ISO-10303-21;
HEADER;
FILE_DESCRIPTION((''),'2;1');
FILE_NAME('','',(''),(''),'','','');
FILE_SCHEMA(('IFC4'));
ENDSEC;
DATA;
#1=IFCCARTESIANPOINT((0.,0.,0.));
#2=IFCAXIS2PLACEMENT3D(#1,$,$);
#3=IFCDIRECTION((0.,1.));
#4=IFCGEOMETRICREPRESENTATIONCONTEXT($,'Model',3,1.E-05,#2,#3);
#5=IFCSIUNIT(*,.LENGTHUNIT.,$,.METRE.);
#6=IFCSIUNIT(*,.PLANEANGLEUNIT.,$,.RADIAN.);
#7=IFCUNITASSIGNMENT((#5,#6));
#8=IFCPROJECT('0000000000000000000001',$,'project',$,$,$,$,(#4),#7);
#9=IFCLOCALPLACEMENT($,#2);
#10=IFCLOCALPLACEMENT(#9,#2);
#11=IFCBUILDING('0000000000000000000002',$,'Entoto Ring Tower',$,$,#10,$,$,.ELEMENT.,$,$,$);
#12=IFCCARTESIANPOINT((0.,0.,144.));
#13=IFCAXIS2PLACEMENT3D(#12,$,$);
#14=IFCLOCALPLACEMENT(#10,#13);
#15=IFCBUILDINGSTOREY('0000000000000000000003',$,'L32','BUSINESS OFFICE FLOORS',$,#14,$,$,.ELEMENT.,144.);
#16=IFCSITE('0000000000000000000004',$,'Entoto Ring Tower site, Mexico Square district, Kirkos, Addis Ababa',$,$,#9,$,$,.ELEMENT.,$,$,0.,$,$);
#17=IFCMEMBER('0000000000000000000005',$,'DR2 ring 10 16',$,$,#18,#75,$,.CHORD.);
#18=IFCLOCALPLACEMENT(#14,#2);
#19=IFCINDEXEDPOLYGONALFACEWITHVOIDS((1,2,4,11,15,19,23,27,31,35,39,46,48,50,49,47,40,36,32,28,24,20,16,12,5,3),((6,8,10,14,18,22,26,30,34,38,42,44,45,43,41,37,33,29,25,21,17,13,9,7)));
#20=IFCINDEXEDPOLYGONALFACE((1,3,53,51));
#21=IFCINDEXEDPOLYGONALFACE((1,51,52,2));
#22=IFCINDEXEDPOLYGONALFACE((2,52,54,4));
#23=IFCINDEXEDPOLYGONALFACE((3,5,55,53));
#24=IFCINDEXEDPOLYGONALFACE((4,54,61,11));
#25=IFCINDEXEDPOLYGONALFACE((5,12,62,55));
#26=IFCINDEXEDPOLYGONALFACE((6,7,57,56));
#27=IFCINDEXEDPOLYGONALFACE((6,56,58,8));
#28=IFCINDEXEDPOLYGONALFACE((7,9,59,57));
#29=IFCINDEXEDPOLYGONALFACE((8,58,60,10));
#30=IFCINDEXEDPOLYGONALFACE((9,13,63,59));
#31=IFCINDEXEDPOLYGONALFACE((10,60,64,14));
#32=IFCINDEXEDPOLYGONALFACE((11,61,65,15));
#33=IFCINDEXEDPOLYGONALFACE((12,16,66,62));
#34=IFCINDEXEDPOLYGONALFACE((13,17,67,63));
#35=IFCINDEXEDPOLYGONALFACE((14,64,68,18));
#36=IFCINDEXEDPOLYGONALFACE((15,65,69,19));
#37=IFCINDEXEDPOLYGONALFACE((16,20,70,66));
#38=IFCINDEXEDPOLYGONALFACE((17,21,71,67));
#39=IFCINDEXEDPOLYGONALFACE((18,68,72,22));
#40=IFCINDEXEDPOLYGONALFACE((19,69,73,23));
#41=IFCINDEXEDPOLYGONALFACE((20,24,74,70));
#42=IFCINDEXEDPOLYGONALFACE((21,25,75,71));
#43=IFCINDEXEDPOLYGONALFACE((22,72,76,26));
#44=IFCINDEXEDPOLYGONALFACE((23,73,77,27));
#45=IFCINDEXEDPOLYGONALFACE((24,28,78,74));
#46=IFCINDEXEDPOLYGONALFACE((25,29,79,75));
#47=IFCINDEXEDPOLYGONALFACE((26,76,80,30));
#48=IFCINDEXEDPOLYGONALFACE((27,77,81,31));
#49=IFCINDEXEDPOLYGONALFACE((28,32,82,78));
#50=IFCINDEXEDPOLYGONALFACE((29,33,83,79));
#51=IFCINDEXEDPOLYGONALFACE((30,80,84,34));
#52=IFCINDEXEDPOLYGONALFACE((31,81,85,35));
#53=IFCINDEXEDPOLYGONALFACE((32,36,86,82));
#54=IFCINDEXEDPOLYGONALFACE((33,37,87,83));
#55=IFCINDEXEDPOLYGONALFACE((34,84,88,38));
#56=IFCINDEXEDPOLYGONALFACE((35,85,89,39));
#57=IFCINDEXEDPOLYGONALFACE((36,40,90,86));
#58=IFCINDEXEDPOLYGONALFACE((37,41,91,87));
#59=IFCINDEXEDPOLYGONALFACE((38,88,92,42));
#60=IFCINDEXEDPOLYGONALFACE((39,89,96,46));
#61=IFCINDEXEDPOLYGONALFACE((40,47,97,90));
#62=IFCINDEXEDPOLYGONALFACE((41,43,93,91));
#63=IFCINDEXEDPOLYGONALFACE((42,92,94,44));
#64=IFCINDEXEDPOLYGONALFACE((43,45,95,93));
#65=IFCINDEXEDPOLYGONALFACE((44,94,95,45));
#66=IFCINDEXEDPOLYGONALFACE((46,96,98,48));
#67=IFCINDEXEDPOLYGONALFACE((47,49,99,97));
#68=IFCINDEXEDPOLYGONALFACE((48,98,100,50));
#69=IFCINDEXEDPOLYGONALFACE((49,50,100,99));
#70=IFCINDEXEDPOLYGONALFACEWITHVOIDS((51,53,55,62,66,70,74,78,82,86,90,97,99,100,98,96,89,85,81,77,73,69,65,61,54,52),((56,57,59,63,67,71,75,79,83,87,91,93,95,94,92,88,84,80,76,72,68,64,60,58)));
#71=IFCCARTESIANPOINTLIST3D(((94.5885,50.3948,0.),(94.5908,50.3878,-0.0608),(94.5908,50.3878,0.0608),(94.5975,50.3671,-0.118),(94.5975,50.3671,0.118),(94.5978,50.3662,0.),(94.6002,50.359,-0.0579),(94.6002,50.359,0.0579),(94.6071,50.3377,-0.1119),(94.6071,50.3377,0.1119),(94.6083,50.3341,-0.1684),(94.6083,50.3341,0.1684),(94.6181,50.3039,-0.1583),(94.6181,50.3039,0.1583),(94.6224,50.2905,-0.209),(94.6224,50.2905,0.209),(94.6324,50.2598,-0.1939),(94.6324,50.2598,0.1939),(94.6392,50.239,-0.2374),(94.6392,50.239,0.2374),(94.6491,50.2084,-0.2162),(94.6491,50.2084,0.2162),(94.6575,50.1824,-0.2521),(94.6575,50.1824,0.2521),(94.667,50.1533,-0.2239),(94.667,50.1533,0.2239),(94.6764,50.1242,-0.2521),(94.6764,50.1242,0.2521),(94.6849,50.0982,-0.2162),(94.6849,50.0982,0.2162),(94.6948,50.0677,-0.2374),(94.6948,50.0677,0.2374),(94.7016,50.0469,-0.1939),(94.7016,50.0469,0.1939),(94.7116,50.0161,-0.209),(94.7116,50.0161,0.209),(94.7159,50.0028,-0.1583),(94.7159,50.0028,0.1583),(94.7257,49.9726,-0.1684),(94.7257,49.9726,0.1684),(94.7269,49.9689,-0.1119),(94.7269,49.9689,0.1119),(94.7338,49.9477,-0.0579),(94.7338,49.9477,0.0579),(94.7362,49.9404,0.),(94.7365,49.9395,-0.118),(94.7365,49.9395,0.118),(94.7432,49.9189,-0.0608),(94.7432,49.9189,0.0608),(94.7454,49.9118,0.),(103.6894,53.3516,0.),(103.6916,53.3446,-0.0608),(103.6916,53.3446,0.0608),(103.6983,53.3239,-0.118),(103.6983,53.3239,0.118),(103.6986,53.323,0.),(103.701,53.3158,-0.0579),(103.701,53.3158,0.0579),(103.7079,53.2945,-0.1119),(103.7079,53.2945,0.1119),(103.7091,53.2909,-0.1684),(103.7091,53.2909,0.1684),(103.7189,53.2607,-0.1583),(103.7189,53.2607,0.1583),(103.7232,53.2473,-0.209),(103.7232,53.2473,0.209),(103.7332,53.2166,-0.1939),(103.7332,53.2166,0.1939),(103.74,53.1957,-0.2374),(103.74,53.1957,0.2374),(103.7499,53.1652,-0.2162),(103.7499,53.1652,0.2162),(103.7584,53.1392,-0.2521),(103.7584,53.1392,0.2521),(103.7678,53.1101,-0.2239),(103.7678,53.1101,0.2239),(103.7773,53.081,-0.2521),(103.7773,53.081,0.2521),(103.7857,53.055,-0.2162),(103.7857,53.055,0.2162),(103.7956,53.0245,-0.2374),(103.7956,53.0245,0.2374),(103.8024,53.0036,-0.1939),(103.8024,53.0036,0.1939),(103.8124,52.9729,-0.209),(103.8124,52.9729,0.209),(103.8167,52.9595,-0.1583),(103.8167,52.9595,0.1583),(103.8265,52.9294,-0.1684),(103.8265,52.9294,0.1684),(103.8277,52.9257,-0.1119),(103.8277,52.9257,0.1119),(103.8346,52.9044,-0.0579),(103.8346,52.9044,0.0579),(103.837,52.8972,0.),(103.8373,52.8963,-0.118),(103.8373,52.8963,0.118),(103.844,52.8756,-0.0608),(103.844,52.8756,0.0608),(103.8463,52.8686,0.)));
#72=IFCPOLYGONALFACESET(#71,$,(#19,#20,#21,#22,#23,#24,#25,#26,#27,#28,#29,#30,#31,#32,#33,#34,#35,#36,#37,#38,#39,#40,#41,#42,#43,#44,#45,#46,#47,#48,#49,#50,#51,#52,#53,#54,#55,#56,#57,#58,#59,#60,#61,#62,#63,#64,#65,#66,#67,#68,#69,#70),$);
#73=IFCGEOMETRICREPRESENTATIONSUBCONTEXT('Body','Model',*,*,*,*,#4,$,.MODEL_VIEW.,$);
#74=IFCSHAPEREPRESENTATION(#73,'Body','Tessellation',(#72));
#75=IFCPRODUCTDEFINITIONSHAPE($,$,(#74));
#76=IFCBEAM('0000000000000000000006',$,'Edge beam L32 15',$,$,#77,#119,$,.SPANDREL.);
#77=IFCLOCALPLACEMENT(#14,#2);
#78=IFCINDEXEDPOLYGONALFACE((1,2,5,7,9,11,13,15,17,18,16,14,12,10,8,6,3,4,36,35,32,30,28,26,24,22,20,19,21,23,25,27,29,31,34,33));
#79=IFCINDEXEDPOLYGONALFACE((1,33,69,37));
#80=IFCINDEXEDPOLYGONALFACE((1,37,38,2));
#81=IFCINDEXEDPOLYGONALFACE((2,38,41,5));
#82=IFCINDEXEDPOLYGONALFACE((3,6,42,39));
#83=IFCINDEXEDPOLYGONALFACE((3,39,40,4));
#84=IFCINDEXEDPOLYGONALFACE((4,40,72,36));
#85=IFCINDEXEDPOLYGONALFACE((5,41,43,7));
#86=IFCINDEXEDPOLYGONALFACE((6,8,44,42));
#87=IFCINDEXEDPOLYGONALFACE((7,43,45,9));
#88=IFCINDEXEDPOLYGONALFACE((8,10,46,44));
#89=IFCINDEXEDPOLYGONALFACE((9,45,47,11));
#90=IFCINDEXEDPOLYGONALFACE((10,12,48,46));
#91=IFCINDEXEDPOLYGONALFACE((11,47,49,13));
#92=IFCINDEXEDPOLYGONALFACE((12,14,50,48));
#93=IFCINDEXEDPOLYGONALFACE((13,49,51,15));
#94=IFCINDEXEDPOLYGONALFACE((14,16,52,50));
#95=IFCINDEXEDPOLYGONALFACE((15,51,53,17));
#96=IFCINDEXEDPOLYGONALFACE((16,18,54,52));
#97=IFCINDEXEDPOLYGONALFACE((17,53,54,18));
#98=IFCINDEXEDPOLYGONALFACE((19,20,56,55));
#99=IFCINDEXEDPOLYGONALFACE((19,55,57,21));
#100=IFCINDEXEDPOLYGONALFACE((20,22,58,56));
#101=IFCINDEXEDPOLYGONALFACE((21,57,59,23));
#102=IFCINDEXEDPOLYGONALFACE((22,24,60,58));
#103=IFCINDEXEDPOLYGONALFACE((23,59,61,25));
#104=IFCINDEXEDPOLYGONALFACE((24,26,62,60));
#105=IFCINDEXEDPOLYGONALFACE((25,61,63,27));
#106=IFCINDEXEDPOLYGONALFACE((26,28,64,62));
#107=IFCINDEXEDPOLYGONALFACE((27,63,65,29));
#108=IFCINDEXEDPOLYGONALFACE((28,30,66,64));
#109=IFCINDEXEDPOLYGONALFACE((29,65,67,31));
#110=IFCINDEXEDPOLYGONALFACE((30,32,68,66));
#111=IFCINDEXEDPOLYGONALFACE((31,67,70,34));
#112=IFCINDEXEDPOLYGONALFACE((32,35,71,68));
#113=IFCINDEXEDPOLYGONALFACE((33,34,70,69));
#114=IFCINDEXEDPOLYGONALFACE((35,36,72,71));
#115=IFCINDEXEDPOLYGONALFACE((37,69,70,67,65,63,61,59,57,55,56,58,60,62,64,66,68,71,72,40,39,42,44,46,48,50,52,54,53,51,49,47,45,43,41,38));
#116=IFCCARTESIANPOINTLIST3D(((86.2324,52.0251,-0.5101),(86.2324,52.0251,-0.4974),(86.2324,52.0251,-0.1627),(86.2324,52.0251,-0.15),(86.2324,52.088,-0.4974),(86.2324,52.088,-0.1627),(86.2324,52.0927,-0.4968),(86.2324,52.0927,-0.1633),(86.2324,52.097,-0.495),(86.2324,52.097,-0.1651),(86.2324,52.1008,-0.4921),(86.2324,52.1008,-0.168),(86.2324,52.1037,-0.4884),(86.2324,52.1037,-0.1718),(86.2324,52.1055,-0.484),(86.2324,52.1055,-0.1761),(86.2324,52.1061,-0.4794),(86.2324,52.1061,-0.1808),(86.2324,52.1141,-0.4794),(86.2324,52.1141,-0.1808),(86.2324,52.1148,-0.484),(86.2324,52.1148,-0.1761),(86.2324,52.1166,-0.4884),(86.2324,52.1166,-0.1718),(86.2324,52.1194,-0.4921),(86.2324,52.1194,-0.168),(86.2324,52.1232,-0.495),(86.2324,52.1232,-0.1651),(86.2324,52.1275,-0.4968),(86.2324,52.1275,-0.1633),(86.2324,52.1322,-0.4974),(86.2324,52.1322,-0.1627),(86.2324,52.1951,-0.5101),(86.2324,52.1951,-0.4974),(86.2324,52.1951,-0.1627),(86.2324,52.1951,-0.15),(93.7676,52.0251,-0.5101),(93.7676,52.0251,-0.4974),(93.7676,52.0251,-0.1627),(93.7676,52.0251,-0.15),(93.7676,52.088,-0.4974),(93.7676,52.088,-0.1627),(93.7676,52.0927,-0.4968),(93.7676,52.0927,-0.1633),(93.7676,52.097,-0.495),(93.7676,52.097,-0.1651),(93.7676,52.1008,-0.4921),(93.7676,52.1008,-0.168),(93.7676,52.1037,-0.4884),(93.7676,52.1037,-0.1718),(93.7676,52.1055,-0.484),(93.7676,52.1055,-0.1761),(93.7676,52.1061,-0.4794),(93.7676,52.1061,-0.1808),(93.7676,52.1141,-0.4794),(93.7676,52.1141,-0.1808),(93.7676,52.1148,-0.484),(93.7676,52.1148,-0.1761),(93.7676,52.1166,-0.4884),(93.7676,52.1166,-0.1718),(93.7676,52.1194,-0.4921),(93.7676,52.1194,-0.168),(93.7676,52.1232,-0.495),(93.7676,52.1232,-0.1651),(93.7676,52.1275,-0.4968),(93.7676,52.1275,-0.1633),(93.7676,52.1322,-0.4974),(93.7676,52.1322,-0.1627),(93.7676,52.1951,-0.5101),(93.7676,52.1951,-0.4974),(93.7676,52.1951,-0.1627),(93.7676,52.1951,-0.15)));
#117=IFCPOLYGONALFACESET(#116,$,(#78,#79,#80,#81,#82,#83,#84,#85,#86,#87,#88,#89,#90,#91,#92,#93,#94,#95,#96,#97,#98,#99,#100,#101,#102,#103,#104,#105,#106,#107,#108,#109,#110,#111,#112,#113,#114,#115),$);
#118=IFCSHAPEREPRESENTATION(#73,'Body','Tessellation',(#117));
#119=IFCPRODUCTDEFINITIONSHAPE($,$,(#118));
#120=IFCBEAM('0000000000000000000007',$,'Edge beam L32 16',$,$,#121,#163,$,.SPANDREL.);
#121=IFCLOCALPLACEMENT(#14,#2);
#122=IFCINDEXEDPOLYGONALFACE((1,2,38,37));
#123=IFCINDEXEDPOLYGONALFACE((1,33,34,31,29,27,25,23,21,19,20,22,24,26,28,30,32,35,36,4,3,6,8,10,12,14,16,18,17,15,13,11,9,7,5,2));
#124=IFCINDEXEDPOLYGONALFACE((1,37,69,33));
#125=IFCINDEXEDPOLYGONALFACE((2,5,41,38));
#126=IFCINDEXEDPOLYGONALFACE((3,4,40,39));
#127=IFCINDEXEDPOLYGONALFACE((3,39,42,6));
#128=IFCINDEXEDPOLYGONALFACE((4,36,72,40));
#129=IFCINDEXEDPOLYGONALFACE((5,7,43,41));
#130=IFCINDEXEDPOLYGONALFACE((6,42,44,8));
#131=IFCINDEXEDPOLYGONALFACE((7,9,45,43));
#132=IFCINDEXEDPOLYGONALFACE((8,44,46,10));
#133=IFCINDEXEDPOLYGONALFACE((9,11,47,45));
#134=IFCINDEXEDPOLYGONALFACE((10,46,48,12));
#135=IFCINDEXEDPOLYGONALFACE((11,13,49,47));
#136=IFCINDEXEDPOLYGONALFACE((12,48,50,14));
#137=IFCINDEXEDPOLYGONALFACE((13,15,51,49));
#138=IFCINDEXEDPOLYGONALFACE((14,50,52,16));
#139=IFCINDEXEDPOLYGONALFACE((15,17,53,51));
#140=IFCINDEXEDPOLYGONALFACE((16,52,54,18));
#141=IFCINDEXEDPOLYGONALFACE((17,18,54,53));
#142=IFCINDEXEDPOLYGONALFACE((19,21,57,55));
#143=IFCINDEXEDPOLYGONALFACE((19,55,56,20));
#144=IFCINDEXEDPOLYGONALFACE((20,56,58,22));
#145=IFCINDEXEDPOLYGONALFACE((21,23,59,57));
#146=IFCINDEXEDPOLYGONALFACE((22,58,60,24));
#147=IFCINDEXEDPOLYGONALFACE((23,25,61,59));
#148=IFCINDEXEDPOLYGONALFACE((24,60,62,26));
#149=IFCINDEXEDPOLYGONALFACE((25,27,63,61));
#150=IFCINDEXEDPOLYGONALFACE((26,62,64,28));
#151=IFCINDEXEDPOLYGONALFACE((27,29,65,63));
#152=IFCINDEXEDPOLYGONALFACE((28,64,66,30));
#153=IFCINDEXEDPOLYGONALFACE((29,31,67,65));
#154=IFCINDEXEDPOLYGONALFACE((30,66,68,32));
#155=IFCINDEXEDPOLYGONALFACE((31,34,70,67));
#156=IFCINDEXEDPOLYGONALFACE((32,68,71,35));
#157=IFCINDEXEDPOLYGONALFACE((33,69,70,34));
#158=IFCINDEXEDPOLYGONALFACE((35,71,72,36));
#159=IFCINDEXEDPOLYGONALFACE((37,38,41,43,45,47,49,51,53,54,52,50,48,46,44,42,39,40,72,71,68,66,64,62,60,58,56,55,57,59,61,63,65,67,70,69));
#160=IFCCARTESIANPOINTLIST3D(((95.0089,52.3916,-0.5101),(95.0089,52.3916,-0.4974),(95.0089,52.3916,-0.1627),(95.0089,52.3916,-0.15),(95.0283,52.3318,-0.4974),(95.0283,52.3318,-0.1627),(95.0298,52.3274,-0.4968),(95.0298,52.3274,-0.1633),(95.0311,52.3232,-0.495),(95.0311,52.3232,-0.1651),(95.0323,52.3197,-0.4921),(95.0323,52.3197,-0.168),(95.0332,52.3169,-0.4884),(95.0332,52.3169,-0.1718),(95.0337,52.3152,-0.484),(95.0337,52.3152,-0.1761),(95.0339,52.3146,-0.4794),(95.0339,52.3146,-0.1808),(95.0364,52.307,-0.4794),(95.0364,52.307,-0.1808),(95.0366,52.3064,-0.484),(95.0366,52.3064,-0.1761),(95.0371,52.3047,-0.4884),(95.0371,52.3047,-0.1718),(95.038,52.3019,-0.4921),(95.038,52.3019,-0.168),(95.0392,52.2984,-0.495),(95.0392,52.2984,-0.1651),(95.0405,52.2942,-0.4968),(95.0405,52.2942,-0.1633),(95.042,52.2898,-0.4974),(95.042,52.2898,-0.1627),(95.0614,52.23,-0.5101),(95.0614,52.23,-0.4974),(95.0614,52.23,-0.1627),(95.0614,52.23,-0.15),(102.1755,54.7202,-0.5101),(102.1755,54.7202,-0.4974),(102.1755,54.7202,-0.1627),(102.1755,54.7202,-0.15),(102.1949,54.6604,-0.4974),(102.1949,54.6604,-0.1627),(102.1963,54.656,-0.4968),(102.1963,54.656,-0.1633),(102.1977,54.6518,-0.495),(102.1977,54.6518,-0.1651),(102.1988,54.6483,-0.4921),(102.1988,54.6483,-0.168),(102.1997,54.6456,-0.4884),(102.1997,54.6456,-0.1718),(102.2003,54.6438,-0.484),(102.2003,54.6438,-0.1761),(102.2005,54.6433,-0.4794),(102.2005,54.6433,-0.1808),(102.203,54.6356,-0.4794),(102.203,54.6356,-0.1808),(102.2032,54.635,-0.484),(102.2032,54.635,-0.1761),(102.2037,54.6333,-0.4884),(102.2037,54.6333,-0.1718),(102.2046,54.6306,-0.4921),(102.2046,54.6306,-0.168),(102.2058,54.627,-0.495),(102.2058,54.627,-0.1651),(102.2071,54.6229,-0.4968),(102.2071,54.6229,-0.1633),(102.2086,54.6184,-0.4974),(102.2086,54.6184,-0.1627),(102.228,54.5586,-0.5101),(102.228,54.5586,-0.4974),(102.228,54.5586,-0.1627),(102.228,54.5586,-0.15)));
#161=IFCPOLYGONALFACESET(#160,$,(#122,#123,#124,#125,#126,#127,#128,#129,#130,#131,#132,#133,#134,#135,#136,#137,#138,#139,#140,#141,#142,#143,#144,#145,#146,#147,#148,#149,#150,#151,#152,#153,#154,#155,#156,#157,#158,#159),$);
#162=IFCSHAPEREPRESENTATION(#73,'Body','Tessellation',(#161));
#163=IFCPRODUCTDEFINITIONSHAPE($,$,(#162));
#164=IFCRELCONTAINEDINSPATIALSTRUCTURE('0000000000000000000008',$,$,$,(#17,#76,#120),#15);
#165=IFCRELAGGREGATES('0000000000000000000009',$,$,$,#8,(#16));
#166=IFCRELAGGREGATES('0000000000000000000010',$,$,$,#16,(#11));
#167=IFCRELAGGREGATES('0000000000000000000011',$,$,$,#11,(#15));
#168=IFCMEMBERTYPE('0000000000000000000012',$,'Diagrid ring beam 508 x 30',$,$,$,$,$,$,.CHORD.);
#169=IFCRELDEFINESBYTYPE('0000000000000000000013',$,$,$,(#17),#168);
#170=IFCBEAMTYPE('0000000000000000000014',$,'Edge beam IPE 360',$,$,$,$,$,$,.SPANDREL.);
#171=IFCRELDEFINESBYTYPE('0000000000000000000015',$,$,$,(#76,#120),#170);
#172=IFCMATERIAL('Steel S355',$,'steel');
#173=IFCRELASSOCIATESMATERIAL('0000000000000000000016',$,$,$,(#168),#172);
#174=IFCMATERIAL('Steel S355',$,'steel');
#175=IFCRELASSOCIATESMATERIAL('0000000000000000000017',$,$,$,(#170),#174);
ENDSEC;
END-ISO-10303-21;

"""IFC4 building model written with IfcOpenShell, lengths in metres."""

from ifc_helpers import new_model, si_unit, direction, frame, origin, origin_2d, place, context, subcontext, project, spatial, circle, hollow_circle, i_section, extrude, material, material_profile, profile_set, type_object, element, save


model = new_model("IFC4")

# Units and contexts
model_context = context("Model", 3, precision=1e-05, world=origin(), true_north=direction((0.0, 1.0)))
body_context = subcontext(model_context, "Body", "Model", "MODEL_VIEW")
ifc_project = project(units=[si_unit("LENGTHUNIT", "METRE"), si_unit("PLANEANGLEUNIT", "RADIAN")], contexts=[model_context])

# Site, building, storey
site_placement = place(None, origin())
site = spatial("IfcSite", under=ifc_project, at=site_placement, Name="Entoto Ring Tower site, Mexico Square district, Kirkos, Addis Ababa", CompositionType="ELEMENT", RefElevation=0.0)
building_placement = place(site_placement, origin())
building = spatial("IfcBuilding", under=site, at=building_placement, Name="Entoto Ring Tower", CompositionType="ELEMENT")
storey_placement = place(building_placement, frame((0.0, 0.0, 144.0)))
storey = spatial("IfcBuildingStorey", under=building, at=storey_placement, Name="L32", Description="BUSINESS OFFICE FLOORS", CompositionType="ELEMENT", Elevation=144.0)

# Member
ifc_material_1 = material(Name="Steel S355", Category="steel")
ifc_material_profile_1 = material_profile(ifc_material_1, hollow_circle(Radius=0.2539, WallThickness=0.03, at=origin_2d()), Name="CHS 508 x 30")
ifc_material_2 = material(Name="Concrete C60/75", Category="concrete")
ifc_material_profile_2 = material_profile(ifc_material_2, circle(Radius=0.2241, at=origin_2d()), Name="Concrete C60/75 infill")
ifc_profile_set_1 = profile_set([ifc_material_profile_1, ifc_material_profile_2], Name="Steel S355")
member_type_1 = type_object("IfcMemberType", Name="Diagrid ring beam 508 x 30", PredefinedType="CHORD", material=ifc_profile_set_1)
member_1_placement = place(storey_placement, frame((94.667, 50.1533, 0.0), z_axis=(0.951064, 0.308993, 0.0), x_axis=(-0.308993, 0.951064, 0.0)))
element("IfcMember", 1, at=member_1_placement, inside=storey, type_object=member_type_1, Name="DR2 ring 10 16", PredefinedType="CHORD", context=body_context, shape_type="SweptSolid", body=[
    extrude(hollow_circle(Radius=0.2539, WallThickness=0.03, at=origin_2d()), origin(), (0.0, 0.0, 1.0), 9.5691),
])

# Beams
ifc_material_3 = material(Name="Steel S355", Category="steel")
ifc_material_profile_3 = material_profile(ifc_material_3, i_section(OverallWidth=0.1699, OverallDepth=0.3601, WebThickness=0.0081, FlangeThickness=0.0127, FilletRadius=0.0181, at=origin_2d()), Name="IPE 360")
ifc_profile_set_2 = profile_set([ifc_material_profile_3], Name="Steel S355")
beam_type_1 = type_object("IfcBeamType", Name="Edge beam IPE 360", PredefinedType="SPANDREL", material=ifc_profile_set_2)
beam_1_placement = place(storey_placement, frame((86.2324, 52.1101, -0.3301), z_axis=(1.0, 0.0, 0.0), x_axis=(0.0, 1.0, 0.0)))
element("IfcBeam", 2, at=beam_1_placement, inside=storey, type_object=beam_type_1, Name="Edge beam L32 15", PredefinedType="SPANDREL", context=body_context, shape_type="SweptSolid", body=[
    extrude(i_section(OverallWidth=0.1699, OverallDepth=0.3601, WebThickness=0.0081, FlangeThickness=0.0127, FilletRadius=0.0181, at=origin_2d()), origin(), (0.0, 0.0, 1.0), 7.5352),
])
beam_2_placement = place(storey_placement, frame((95.0352, 52.3108, -0.3301), z_axis=(0.951054, 0.309026, 0.0), x_axis=(-0.309026, 0.951054, 0.0)))
element("IfcBeam", 3, at=beam_2_placement, inside=storey, type_object=beam_type_1, Name="Edge beam L32 16", PredefinedType="SPANDREL", context=body_context, shape_type="SweptSolid", body=[
    extrude(i_section(OverallWidth=0.1699, OverallDepth=0.3601, WebThickness=0.0081, FlangeThickness=0.0127, FilletRadius=0.0181, at=origin_2d()), origin(), (0.0, 0.0, 1.0), 7.5354),
])

save(model, "model.ifc")
